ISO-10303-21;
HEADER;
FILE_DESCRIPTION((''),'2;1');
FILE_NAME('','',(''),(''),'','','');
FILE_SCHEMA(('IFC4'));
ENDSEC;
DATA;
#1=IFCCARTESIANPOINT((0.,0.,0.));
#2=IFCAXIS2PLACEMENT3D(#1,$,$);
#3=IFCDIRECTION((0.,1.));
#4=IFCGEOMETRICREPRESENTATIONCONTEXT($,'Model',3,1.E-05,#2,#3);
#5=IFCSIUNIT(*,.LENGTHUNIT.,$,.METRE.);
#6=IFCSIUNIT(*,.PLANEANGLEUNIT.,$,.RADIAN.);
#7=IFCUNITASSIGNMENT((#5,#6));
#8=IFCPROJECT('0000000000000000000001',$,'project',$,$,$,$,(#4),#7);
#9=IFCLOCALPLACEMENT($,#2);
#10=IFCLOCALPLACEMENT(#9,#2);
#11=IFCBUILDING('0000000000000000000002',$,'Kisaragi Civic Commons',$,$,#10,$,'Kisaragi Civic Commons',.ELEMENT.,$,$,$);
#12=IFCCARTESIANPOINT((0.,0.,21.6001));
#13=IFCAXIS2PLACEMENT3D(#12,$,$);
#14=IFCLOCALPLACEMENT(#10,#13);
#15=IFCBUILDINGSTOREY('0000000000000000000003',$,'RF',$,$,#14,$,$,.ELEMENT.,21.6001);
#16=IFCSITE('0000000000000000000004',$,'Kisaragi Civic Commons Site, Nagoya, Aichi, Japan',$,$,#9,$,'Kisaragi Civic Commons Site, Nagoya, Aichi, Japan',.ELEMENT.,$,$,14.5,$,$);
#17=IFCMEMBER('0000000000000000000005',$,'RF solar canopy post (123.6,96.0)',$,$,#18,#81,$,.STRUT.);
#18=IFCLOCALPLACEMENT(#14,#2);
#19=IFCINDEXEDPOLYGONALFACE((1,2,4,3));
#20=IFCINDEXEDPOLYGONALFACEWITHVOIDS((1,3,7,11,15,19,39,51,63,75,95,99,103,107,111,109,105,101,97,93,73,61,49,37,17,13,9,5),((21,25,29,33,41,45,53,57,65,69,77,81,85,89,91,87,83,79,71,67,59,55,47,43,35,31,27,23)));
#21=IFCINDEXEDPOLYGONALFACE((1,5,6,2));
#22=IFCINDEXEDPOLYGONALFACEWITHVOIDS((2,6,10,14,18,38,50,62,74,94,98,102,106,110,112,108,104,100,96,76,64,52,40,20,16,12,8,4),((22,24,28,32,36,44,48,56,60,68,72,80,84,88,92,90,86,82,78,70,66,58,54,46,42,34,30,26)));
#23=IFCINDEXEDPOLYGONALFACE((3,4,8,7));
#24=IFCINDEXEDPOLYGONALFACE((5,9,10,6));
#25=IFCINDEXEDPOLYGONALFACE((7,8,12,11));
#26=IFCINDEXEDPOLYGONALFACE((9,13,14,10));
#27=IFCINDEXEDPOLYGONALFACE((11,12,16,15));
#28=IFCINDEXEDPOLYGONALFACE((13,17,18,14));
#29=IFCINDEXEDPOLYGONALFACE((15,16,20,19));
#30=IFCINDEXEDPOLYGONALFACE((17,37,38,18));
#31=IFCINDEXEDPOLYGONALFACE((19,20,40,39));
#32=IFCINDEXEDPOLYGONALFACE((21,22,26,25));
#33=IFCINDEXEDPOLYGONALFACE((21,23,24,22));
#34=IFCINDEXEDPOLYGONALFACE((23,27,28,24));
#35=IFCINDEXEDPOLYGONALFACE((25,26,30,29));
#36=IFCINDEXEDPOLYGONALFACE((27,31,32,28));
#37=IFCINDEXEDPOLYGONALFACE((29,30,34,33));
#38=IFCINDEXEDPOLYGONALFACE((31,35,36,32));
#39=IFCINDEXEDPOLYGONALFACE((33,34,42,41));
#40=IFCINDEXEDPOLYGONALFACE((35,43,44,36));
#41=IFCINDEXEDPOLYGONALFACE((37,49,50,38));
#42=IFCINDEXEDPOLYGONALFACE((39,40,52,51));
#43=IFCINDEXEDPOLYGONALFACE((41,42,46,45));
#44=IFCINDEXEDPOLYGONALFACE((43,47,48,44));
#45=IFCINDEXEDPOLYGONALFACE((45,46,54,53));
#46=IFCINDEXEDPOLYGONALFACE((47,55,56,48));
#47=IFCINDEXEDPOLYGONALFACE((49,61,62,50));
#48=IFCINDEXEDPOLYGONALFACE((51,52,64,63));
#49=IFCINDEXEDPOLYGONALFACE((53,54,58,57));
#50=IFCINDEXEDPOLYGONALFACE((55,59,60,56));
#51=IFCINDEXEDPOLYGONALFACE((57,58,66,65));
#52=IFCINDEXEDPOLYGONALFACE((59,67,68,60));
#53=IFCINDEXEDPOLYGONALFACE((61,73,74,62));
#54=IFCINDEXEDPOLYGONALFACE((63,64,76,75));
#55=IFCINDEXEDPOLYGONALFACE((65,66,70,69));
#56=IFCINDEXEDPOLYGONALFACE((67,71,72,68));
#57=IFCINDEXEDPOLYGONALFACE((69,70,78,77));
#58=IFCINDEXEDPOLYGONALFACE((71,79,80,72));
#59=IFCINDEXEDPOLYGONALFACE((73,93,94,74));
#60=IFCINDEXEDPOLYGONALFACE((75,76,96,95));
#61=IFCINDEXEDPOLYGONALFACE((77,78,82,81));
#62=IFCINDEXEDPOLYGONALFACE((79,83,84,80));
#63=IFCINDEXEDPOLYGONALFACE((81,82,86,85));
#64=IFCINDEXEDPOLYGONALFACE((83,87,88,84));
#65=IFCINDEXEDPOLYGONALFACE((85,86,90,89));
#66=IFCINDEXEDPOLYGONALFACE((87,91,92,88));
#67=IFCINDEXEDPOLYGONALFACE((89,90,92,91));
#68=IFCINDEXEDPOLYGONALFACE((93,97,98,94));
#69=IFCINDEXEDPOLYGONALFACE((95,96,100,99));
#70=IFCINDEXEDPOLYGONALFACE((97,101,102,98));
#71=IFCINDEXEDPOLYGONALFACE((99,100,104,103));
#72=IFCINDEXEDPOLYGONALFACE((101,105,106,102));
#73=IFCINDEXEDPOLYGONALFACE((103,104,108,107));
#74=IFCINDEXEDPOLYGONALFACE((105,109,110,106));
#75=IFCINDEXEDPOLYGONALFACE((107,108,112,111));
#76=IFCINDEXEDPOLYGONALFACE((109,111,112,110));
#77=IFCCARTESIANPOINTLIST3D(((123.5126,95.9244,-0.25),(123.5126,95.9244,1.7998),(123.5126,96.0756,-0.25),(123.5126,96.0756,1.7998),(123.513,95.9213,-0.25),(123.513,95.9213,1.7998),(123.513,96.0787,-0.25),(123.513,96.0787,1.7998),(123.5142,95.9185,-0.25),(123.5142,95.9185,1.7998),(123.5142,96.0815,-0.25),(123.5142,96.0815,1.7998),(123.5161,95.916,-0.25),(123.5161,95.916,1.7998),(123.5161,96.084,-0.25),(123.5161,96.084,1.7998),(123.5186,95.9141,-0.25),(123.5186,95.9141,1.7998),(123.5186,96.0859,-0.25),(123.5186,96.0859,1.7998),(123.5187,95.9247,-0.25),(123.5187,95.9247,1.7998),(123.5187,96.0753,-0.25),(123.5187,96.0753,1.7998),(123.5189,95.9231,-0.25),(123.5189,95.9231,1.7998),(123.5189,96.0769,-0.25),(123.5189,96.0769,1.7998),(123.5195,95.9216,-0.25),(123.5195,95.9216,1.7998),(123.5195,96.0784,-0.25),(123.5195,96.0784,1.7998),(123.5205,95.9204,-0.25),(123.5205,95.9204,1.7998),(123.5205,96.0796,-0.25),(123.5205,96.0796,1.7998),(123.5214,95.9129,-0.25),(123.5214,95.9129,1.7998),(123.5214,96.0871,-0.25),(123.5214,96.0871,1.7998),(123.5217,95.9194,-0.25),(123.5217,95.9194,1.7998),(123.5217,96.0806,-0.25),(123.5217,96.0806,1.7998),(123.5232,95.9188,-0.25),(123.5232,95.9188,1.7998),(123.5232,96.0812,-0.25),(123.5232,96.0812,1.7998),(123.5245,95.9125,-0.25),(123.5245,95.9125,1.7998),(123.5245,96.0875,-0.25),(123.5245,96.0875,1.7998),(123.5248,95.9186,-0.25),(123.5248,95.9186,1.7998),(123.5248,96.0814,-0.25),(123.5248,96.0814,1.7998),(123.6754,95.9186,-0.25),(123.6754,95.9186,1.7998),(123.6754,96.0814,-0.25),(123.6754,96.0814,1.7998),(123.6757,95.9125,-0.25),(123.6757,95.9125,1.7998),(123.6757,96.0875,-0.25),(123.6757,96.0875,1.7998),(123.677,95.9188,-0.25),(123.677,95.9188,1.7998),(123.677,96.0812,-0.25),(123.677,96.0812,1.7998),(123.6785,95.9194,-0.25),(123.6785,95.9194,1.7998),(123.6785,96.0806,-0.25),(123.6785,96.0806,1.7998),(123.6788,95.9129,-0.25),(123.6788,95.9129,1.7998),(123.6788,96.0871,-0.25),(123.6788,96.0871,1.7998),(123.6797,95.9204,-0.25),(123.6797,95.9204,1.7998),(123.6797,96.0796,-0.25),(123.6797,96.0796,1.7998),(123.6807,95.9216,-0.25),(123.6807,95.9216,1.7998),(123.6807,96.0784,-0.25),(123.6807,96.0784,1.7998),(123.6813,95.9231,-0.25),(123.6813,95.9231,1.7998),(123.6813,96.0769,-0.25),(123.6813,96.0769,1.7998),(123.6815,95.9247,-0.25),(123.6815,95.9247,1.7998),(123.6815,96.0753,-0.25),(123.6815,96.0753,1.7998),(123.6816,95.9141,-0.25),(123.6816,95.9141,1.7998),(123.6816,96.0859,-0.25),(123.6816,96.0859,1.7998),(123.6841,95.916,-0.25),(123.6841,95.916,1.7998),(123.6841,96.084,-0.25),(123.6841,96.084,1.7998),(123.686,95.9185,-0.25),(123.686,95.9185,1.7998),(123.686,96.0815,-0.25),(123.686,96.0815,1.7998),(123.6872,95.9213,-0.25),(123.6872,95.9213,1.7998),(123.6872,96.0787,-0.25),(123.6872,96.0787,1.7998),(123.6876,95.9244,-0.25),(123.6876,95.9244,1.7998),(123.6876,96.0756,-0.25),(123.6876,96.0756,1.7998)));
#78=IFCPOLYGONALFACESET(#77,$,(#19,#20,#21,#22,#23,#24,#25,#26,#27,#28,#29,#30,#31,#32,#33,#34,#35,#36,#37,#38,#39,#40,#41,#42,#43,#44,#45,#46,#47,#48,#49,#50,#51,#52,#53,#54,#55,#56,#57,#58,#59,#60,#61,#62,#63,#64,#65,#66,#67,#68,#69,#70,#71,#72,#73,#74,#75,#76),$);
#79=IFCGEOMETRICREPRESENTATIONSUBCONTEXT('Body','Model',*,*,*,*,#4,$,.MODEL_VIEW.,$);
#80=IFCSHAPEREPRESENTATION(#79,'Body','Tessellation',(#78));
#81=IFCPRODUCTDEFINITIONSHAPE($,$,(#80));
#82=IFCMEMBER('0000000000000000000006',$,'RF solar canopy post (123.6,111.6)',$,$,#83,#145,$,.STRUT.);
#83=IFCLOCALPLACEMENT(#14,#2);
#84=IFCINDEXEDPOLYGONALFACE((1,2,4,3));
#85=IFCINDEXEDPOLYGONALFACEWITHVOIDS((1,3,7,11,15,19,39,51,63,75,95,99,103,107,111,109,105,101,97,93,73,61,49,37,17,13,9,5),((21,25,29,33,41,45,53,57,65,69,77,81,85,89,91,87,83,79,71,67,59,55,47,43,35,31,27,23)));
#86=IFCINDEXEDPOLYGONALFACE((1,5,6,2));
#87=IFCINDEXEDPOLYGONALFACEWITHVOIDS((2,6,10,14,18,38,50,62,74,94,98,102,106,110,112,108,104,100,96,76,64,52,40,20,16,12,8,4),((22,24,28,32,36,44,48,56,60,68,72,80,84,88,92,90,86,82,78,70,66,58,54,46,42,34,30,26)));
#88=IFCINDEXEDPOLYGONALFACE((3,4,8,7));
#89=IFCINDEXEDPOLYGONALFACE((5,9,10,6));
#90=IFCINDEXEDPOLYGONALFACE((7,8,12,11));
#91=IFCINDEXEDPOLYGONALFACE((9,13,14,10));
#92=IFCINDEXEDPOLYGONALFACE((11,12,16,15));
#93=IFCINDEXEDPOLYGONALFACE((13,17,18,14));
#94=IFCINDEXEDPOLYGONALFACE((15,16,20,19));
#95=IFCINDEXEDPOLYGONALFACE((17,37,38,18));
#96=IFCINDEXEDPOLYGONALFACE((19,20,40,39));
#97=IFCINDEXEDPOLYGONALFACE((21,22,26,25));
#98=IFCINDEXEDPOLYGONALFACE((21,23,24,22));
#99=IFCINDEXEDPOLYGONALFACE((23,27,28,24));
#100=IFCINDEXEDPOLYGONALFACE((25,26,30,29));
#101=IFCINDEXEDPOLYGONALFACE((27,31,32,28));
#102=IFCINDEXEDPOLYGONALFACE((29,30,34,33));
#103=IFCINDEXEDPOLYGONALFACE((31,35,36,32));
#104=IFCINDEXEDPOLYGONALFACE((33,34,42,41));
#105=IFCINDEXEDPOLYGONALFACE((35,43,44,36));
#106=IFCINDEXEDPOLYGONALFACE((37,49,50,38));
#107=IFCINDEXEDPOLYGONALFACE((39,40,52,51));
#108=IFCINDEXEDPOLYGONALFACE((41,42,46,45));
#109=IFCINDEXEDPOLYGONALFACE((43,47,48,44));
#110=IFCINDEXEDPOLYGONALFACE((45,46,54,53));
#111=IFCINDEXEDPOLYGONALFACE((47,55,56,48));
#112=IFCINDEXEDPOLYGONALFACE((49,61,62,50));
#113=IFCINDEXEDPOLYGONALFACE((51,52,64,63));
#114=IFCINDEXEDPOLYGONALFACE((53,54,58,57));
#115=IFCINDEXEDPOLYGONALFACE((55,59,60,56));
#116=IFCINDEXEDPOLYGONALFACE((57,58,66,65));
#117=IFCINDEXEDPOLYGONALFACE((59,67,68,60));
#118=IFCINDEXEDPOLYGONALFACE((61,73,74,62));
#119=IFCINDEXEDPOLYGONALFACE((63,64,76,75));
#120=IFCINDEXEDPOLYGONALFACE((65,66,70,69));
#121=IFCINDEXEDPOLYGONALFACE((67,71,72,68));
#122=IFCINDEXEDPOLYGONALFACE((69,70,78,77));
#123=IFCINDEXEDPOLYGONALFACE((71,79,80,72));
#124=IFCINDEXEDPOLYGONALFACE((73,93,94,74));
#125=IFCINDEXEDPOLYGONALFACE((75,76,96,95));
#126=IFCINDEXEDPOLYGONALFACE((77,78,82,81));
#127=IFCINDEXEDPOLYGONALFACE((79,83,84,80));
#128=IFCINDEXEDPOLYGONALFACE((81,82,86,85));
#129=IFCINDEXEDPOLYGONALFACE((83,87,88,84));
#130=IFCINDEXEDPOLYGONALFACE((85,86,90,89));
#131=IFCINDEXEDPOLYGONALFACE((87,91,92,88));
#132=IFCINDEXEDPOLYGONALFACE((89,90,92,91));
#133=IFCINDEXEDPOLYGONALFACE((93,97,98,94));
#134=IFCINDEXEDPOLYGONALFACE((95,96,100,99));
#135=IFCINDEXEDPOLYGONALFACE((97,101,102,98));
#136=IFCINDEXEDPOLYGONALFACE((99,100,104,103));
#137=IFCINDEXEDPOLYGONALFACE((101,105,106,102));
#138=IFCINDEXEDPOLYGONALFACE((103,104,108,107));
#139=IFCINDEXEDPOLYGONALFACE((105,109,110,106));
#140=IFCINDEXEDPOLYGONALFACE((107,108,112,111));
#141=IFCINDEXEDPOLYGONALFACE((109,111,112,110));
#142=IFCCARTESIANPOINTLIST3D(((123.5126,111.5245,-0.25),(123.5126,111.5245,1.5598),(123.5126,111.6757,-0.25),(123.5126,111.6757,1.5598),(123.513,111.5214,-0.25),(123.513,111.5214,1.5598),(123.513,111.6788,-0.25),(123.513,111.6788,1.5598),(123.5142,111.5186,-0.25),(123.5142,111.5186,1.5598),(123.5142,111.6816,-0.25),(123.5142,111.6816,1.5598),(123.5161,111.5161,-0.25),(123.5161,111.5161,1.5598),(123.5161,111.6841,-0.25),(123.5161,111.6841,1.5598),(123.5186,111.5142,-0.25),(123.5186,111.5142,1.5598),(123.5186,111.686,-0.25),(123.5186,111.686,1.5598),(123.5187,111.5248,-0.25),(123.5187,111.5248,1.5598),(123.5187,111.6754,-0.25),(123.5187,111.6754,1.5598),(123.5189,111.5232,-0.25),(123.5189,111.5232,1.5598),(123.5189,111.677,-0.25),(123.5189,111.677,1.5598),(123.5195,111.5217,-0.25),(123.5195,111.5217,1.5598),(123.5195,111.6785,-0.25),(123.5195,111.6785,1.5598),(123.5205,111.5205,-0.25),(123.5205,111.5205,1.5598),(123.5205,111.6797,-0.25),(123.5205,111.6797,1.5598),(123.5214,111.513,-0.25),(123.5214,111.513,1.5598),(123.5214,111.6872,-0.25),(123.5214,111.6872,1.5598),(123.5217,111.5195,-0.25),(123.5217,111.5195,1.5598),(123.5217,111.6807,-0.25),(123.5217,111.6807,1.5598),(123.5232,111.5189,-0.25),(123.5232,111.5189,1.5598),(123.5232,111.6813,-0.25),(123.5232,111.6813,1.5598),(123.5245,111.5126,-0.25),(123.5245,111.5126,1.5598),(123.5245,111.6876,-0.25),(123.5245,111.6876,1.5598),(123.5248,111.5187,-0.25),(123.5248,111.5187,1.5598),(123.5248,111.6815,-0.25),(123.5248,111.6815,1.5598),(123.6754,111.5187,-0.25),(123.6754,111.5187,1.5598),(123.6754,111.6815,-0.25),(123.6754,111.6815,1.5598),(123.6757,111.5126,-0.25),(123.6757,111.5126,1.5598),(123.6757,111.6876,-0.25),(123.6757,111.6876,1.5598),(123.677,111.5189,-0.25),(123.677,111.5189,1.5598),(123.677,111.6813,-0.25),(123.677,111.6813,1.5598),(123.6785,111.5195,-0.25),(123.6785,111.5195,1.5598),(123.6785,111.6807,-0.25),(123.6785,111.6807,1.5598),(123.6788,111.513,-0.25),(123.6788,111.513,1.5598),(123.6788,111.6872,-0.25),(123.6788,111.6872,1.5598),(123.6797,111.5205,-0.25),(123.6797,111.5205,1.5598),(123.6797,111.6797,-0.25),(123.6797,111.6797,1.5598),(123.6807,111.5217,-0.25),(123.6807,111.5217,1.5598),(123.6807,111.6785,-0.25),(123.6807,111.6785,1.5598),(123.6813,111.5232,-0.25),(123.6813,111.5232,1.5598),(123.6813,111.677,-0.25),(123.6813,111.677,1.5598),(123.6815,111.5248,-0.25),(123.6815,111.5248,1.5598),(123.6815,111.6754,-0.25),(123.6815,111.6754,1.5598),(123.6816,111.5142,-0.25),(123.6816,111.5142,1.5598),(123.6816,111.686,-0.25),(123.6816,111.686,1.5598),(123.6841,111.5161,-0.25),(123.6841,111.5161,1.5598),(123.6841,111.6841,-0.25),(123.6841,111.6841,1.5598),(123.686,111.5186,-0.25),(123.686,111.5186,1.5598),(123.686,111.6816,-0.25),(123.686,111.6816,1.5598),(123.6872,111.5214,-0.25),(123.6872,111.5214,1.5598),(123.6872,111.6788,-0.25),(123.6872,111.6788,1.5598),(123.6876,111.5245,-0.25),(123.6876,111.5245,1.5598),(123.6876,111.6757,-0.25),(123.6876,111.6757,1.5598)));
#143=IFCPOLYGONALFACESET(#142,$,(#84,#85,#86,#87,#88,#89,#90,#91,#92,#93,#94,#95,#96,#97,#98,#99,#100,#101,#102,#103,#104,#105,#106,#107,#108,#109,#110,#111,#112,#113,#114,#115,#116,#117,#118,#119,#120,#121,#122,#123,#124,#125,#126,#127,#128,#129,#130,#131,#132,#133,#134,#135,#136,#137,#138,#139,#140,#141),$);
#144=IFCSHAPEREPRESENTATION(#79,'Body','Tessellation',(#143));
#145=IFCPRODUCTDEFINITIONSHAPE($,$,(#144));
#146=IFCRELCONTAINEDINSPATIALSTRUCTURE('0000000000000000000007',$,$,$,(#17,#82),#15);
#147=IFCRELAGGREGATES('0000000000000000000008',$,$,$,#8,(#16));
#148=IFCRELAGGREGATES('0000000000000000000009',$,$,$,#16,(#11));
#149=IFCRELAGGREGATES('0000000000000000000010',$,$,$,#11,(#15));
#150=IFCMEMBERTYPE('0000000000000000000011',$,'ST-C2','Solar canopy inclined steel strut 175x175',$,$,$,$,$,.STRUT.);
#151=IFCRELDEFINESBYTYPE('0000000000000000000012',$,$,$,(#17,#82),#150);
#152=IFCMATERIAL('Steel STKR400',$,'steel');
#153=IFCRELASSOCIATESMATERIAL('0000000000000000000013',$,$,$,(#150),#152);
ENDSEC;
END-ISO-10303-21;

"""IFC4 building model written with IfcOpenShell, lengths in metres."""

from ifc_helpers import new_model, si_unit, direction, frame, origin, origin_2d, place, context, subcontext, project, spatial, hollow_rectangle, extrude, material, material_profile, profile_set, type_object, element, save


model = new_model("IFC4")

# Units and contexts
model_context = context("Model", 3, precision=1e-05, world=origin(), true_north=direction((0.0, 1.0)))
body_context = subcontext(model_context, "Body", "Model", "MODEL_VIEW")
ifc_project = project(units=[si_unit("LENGTHUNIT", "METRE"), si_unit("PLANEANGLEUNIT", "RADIAN")], contexts=[model_context])

# Site, building, storey
site_placement = place(None, origin())
site = spatial("IfcSite", under=ifc_project, at=site_placement, Name="Kisaragi Civic Commons Site, Nagoya, Aichi, Japan", LongName="Kisaragi Civic Commons Site, Nagoya, Aichi, Japan", CompositionType="ELEMENT", RefElevation=14.5)
building_placement = place(site_placement, origin())
building = spatial("IfcBuilding", under=site, at=building_placement, Name="Kisaragi Civic Commons", LongName="Kisaragi Civic Commons", CompositionType="ELEMENT")
storey_placement = place(building_placement, frame((0.0, 0.0, 21.6001)))
storey = spatial("IfcBuildingStorey", under=building, at=storey_placement, Name="RF", CompositionType="ELEMENT", Elevation=21.6001)

# Members
ifc_material_1 = material(Name="Steel STKR400", Category="steel")
ifc_material_profile_1 = material_profile(ifc_material_1, hollow_rectangle(XDim=0.175, YDim=0.175, WallThickness=0.0061, InnerFilletRadius=0.0061, OuterFilletRadius=0.012, at=origin_2d()), Name="STKR-175x175x6", Category="steel")
ifc_profile_set_1 = profile_set([ifc_material_profile_1], Name="Steel STKR400")
member_type_1 = type_object("IfcMemberType", Name="ST-C2", Description="Solar canopy inclined steel strut 175x175", PredefinedType="STRUT", material=ifc_profile_set_1)
member_1_placement = place(storey_placement, frame((123.6001, 96.0, -0.25), z_axis=(0.0, 0.0, 1.0), x_axis=(1.0, 0.0, 0.0)))
element("IfcMember", 1, at=member_1_placement, inside=storey, type_object=member_type_1, Name="RF solar canopy post (123.6,96.0)", PredefinedType="STRUT", context=body_context, shape_type="SweptSolid", body=[
    extrude(hollow_rectangle(XDim=0.175, YDim=0.175, WallThickness=0.0061, InnerFilletRadius=0.0061, OuterFilletRadius=0.012, at=origin_2d()), origin(), (0.0, 0.0, 1.0), 2.0498),
])
member_2_placement = place(storey_placement, frame((123.6001, 111.6001, -0.25), z_axis=(0.0, 0.0, 1.0), x_axis=(1.0, 0.0, 0.0)))
element("IfcMember", 2, at=member_2_placement, inside=storey, type_object=member_type_1, Name="RF solar canopy post (123.6,111.6)", PredefinedType="STRUT", context=body_context, shape_type="SweptSolid", body=[
    extrude(hollow_rectangle(XDim=0.175, YDim=0.175, WallThickness=0.0061, InnerFilletRadius=0.0061, OuterFilletRadius=0.012, at=origin_2d()), origin(), (0.0, 0.0, 1.0), 1.8098),
])

save(model, "model.ifc")
